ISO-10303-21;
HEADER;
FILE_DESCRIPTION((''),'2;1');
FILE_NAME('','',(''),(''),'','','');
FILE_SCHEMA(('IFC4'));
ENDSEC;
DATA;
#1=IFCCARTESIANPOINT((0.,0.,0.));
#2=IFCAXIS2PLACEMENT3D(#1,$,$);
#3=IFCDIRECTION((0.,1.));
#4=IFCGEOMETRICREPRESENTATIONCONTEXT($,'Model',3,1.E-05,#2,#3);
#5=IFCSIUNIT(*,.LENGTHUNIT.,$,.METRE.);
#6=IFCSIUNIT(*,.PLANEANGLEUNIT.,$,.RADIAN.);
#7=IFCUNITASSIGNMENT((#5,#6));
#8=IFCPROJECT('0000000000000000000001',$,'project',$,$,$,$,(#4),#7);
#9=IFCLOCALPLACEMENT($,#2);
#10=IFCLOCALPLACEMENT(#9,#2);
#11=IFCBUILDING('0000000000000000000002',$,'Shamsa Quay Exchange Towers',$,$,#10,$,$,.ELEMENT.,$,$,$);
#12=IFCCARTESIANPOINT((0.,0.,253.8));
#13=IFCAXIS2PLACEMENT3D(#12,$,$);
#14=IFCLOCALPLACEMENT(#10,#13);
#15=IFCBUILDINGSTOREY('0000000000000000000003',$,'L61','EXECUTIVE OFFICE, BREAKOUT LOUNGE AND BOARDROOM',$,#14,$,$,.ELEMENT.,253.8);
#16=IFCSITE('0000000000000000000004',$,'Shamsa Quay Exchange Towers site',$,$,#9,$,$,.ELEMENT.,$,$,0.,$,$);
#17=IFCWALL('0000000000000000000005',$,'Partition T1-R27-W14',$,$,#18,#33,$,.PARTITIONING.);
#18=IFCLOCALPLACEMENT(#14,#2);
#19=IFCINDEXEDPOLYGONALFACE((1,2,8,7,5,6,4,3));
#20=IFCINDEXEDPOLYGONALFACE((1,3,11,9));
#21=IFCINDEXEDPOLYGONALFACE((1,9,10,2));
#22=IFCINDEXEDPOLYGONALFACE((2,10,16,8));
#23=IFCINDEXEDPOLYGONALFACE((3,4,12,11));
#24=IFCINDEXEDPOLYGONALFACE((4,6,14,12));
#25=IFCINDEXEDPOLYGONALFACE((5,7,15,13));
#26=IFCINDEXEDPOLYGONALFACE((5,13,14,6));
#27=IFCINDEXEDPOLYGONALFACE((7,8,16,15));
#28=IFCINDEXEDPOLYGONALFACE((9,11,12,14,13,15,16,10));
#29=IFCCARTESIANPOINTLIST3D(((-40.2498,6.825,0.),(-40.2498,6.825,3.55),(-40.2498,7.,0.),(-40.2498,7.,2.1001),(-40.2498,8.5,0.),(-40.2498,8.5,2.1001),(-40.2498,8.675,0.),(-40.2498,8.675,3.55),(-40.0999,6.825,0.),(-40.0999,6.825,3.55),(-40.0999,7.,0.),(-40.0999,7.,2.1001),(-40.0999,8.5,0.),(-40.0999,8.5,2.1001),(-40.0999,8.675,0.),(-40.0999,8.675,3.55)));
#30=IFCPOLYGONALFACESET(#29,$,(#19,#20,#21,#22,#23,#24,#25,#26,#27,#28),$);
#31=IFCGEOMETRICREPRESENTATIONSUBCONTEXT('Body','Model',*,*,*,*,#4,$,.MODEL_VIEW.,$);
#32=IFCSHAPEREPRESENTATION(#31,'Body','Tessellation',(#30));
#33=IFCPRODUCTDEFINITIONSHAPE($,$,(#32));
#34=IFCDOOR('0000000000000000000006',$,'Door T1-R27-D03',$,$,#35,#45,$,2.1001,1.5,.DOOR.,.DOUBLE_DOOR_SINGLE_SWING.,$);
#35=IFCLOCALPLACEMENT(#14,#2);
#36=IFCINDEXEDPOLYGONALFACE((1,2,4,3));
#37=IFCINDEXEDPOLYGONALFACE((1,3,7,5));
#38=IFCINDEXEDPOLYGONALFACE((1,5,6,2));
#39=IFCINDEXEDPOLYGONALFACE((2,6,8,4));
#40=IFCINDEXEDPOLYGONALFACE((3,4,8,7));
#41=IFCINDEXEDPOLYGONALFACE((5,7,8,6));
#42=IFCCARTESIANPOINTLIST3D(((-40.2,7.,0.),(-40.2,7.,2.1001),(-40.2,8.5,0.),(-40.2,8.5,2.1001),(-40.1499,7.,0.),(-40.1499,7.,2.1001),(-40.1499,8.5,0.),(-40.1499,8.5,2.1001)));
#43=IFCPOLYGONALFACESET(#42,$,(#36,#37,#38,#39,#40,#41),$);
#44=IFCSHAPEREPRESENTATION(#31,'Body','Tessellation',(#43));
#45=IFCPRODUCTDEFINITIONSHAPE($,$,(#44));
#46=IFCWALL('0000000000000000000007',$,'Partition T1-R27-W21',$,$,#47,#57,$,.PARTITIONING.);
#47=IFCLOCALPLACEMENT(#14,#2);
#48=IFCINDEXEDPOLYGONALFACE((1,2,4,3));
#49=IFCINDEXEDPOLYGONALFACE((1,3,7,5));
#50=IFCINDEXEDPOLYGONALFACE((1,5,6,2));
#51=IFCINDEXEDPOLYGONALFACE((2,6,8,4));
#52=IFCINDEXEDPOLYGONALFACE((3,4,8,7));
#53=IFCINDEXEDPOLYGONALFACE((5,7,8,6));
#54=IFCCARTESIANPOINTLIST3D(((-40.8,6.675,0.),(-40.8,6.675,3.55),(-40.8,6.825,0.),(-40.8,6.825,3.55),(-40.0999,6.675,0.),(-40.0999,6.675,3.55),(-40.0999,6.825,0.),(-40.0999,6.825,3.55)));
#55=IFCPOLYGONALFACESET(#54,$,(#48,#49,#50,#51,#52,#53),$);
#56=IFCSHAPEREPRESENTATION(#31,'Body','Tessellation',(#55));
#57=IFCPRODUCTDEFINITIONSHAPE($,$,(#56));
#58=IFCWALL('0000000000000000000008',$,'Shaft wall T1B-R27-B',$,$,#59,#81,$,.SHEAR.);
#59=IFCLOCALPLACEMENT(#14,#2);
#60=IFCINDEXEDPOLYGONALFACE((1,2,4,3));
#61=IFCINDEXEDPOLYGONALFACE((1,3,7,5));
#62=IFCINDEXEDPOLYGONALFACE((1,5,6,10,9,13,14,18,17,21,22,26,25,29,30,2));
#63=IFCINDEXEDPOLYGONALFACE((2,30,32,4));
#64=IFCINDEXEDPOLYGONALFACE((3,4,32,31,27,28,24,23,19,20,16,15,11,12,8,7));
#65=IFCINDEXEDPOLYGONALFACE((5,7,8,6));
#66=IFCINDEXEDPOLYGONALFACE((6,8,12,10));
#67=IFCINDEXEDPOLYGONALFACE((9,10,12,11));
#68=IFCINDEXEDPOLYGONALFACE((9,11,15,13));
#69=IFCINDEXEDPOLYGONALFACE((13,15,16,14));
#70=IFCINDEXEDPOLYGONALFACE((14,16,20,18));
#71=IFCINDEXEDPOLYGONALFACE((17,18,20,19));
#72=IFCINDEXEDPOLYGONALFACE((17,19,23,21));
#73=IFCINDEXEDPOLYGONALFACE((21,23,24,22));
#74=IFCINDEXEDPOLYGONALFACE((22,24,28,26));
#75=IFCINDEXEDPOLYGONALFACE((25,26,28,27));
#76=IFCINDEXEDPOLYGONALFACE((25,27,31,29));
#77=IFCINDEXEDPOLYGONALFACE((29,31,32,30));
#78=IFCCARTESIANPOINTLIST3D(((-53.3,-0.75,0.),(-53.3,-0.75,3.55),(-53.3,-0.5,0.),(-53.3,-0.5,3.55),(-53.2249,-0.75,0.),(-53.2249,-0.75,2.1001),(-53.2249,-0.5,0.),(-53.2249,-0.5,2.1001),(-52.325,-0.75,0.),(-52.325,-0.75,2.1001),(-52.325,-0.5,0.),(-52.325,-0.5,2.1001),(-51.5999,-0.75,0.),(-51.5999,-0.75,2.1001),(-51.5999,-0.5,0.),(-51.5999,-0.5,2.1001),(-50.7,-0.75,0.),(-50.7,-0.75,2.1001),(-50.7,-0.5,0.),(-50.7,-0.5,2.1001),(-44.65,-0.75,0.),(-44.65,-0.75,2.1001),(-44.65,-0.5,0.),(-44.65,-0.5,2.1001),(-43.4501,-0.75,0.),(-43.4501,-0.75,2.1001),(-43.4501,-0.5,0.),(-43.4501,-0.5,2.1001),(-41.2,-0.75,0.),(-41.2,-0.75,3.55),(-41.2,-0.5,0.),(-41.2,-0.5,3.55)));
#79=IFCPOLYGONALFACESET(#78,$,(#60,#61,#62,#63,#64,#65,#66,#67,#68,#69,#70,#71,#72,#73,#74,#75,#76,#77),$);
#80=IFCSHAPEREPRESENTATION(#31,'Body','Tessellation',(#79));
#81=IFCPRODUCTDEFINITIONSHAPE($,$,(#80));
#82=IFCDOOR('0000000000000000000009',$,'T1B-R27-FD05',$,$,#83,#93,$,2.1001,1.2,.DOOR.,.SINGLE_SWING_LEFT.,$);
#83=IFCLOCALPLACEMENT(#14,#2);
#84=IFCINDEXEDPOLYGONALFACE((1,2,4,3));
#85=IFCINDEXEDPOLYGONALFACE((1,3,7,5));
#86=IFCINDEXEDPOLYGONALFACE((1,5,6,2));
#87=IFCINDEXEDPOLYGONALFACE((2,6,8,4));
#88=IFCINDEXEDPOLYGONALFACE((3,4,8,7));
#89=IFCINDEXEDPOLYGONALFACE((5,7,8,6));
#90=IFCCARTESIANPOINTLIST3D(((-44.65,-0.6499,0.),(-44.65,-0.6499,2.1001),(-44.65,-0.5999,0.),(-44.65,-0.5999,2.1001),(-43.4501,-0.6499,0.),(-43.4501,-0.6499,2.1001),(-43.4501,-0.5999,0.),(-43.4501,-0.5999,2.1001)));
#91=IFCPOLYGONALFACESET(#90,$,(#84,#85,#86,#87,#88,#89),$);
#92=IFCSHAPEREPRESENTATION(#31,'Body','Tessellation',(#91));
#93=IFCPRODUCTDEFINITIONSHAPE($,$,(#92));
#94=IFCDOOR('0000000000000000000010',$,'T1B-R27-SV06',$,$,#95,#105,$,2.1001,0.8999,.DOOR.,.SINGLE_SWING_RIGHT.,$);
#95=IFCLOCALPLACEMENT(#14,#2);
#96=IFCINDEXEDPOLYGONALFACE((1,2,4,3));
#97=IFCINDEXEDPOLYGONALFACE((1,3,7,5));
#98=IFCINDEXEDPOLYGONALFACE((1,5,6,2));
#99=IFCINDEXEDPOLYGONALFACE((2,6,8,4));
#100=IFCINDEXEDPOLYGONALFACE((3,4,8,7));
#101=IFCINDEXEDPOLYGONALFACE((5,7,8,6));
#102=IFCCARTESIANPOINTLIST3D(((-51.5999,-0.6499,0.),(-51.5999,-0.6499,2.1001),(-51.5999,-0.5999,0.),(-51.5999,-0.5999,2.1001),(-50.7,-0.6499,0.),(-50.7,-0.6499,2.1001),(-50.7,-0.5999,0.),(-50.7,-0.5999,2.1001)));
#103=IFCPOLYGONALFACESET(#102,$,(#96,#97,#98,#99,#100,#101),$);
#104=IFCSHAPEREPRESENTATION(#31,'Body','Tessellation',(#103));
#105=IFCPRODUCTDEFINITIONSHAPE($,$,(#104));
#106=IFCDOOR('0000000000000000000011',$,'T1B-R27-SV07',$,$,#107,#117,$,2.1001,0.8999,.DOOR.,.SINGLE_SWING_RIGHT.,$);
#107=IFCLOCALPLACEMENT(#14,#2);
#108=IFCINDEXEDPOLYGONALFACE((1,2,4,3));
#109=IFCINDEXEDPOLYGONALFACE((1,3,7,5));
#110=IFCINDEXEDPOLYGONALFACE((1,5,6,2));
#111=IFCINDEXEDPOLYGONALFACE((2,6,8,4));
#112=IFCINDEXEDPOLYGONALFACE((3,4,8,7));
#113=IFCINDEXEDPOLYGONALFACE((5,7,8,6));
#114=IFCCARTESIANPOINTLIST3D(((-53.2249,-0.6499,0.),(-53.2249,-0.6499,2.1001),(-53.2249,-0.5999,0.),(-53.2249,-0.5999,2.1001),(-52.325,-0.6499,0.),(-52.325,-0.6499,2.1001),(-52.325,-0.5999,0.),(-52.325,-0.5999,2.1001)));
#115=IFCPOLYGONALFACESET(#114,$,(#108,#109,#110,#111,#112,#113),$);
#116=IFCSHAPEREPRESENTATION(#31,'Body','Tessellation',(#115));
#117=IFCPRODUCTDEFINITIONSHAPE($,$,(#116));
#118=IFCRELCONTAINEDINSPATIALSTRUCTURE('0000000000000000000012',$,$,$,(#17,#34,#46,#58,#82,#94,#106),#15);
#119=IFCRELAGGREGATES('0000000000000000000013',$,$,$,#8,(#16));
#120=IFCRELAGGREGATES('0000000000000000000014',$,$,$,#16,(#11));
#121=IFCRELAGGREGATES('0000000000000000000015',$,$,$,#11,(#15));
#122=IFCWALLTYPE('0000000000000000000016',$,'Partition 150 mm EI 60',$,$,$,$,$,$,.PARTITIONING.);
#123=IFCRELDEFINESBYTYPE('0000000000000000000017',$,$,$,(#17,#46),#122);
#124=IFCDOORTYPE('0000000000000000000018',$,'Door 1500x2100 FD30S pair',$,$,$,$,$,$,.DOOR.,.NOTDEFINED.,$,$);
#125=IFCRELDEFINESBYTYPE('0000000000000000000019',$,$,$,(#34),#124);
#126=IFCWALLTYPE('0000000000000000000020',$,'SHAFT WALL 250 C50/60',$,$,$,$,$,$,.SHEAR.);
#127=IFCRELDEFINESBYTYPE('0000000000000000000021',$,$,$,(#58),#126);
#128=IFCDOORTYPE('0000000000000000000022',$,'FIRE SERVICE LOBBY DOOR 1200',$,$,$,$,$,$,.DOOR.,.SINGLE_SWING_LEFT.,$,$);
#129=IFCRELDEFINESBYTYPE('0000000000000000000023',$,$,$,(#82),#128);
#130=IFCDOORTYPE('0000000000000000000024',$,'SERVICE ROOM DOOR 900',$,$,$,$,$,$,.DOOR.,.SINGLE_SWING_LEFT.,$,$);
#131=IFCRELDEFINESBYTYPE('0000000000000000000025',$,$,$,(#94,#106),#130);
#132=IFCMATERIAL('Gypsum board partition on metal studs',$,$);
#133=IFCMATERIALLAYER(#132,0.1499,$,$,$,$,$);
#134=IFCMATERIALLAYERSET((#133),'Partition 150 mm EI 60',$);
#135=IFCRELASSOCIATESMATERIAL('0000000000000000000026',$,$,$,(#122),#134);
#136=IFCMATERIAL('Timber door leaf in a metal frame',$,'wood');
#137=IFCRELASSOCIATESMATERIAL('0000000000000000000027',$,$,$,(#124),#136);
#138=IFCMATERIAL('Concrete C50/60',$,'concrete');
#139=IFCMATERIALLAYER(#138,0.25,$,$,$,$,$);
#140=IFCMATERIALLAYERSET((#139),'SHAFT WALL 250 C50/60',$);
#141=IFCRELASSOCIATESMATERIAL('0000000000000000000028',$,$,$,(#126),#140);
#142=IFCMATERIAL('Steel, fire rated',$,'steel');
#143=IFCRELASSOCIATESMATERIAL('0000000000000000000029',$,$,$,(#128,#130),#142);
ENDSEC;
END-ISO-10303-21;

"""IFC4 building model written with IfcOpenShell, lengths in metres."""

from ifc_helpers import new_model, si_unit, direction, frame, frame_2d, origin, place, context, subcontext, project, spatial, rectangle, extrude, material, layer, layer_set, type_object, element, fill, save


model = new_model("IFC4")

# Units and contexts
model_context = context("Model", 3, precision=1e-05, world=origin(), true_north=direction((0.0, 1.0)))
body_context = subcontext(model_context, "Body", "Model", "MODEL_VIEW")
ifc_project = project(units=[si_unit("LENGTHUNIT", "METRE"), si_unit("PLANEANGLEUNIT", "RADIAN")], contexts=[model_context])

# Site, building, storey
site_placement = place(None, origin())
site = spatial("IfcSite", under=ifc_project, at=site_placement, Name="Shamsa Quay Exchange Towers site", CompositionType="ELEMENT", RefElevation=0.0)
building_placement = place(site_placement, origin())
building = spatial("IfcBuilding", under=site, at=building_placement, Name="Shamsa Quay Exchange Towers", CompositionType="ELEMENT")
storey_placement = place(building_placement, frame((0.0, 0.0, 253.8)))
storey = spatial("IfcBuildingStorey", under=building, at=storey_placement, Name="L61", Description="EXECUTIVE OFFICE, BREAKOUT LOUNGE AND BOARDROOM", CompositionType="ELEMENT", Elevation=253.8)

# Shared definitions
ifc_material_1 = material(Name="Timber door leaf in a metal frame", Category="wood")

# Shared definitions
ifc_material_2 = material(Name="Gypsum board partition on metal studs")

# Shared definitions
ifc_layer_1 = layer(ifc_material_2, 0.1499)
ifc_layer_set_1 = layer_set([ifc_layer_1], Name="Partition 150 mm EI 60")
wall_type_1 = type_object("IfcWallType", Name="Partition 150 mm EI 60", PredefinedType="PARTITIONING", material=ifc_layer_set_1)

# Wall, opening, door
wall_1_placement = place(storey_placement, frame((-40.1748, 8.675, 0.0), z_axis=(0.0, 0.0, 1.0), x_axis=(0.0, -1.0, 0.0)))
wall_1 = element("IfcWall", 1, at=wall_1_placement, inside=storey, type_object=wall_type_1, Name="Partition T1-R27-W14", PredefinedType="PARTITIONING", context=body_context, shape_type="SweptSolid", body=[
    extrude(rectangle(XDim=1.8501, YDim=0.1499, at=frame_2d((0.925, 0.0))), origin(), (0.0, 0.0, 1.0), 3.55),
])
opening_1_placement = place(wall_1_placement, frame((0.175, 0.0, 0.0)))
opening_1 = element("IfcOpeningElement", 2, at=opening_1_placement, cuts=wall_1, PredefinedType="OPENING", context=body_context, shape_type="SweptSolid", body=[
    extrude(rectangle(XDim=1.5, YDim=2.1001, at=frame_2d((0.75, 1.05))), frame((0.0, 0.085, 0.0), z_axis=(0.0, -1.0, 0.0), x_axis=(1.0, 0.0, 0.0)), (0.0, 0.0, 1.0), 0.1699),
])
door_type_1 = type_object("IfcDoorType", Name="Door 1500x2100 FD30S pair", OperationType="NOTDEFINED", PredefinedType="DOOR", material=ifc_material_1)
door_1_placement = place(opening_1_placement, origin())
door_1 = element("IfcDoor", 3, at=door_1_placement, inside=storey, type_object=door_type_1, Name="Door T1-R27-D03", OperationType="DOUBLE_DOOR_SINGLE_SWING", OverallHeight=2.1001, OverallWidth=1.5, PredefinedType="DOOR", context=body_context, shape_type="SweptSolid", body=[
    extrude(rectangle(XDim=1.5, YDim=2.1001, at=frame_2d((0.75, 1.05))), frame((0.0, 0.0249, 0.0), z_axis=(0.0, -1.0, 0.0), x_axis=(1.0, 0.0, 0.0)), (0.0, 0.0, 1.0), 0.05),
])
fill(opening_1, door_1)

# Wall
wall_2_placement = place(storey_placement, frame((-40.0999, 6.75, 0.0), z_axis=(0.0, 0.0, 1.0), x_axis=(-1.0, 0.0, 0.0)))
element("IfcWall", 4, at=wall_2_placement, inside=storey, type_object=wall_type_1, Name="Partition T1-R27-W21", PredefinedType="PARTITIONING", context=body_context, shape_type="SweptSolid", body=[
    extrude(rectangle(XDim=0.7002, YDim=0.1499, at=frame_2d((0.3501, 0.0))), origin(), (0.0, 0.0, 1.0), 3.55),
])

# Wall, openings, doors
ifc_material_3 = material(Name="Concrete C50/60", Category="concrete")
ifc_layer_2 = layer(ifc_material_3, 0.25)
ifc_layer_set_2 = layer_set([ifc_layer_2], Name="SHAFT WALL 250 C50/60")
wall_type_2 = type_object("IfcWallType", Name="SHAFT WALL 250 C50/60", PredefinedType="SHEAR", material=ifc_layer_set_2)
wall_3_placement = place(storey_placement, frame((-41.2, -0.625, 0.0), z_axis=(0.0, 0.0, 1.0), x_axis=(-1.0, 0.0, 0.0)))
wall_3 = element("IfcWall", 5, at=wall_3_placement, inside=storey, type_object=wall_type_2, Name="Shaft wall T1B-R27-B", PredefinedType="SHEAR", context=body_context, shape_type="SweptSolid", body=[
    extrude(rectangle(XDim=12.1001, YDim=0.25, at=frame_2d((6.05, 0.0))), origin(), (0.0, 0.0, 1.0), 3.55),
])
opening_2_placement = place(wall_3_placement, frame((2.25, 0.0, 0.0)))
opening_2 = element("IfcOpeningElement", 6, at=opening_2_placement, cuts=wall_3, PredefinedType="OPENING", context=body_context, shape_type="SweptSolid", body=[
    extrude(rectangle(XDim=1.2, YDim=2.1001, at=frame_2d((0.6001, 1.05))), frame((0.0, 0.135, 0.0), z_axis=(0.0, -1.0, 0.0), x_axis=(1.0, 0.0, 0.0)), (0.0, 0.0, 1.0), 0.27),
])
opening_3_placement = place(wall_3_placement, frame((9.5, 0.0, 0.0)))
opening_3 = element("IfcOpeningElement", 7, at=opening_3_placement, cuts=wall_3, PredefinedType="OPENING", context=body_context, shape_type="SweptSolid", body=[
    extrude(rectangle(XDim=0.8999, YDim=2.1001, at=frame_2d((0.45, 1.05))), frame((0.0, 0.135, 0.0), z_axis=(0.0, -1.0, 0.0), x_axis=(1.0, 0.0, 0.0)), (0.0, 0.0, 1.0), 0.27),
])
opening_4_placement = place(wall_3_placement, frame((11.125, 0.0, 0.0)))
opening_4 = element("IfcOpeningElement", 8, at=opening_4_placement, cuts=wall_3, PredefinedType="OPENING", context=body_context, shape_type="SweptSolid", body=[
    extrude(rectangle(XDim=0.8999, YDim=2.1001, at=frame_2d((0.45, 1.05))), frame((0.0, 0.135, 0.0), z_axis=(0.0, -1.0, 0.0), x_axis=(1.0, 0.0, 0.0)), (0.0, 0.0, 1.0), 0.27),
])
ifc_material_4 = material(Name="Steel, fire rated", Category="steel")
door_type_2 = type_object("IfcDoorType", Name="FIRE SERVICE LOBBY DOOR 1200", OperationType="SINGLE_SWING_LEFT", PredefinedType="DOOR", material=ifc_material_4)
door_2_placement = place(opening_2_placement, origin())
door_2 = element("IfcDoor", 9, at=door_2_placement, inside=storey, type_object=door_type_2, Name="T1B-R27-FD05", OperationType="SINGLE_SWING_LEFT", OverallHeight=2.1001, OverallWidth=1.2, PredefinedType="DOOR", context=body_context, shape_type="SweptSolid", body=[
    extrude(rectangle(XDim=1.2, YDim=2.1001, at=frame_2d((0.6001, 1.05))), frame((0.0, 0.0249, 0.0), z_axis=(0.0, -1.0, 0.0), x_axis=(1.0, 0.0, 0.0)), (0.0, 0.0, 1.0), 0.05),
])
fill(opening_2, door_2)
door_type_3 = type_object("IfcDoorType", Name="SERVICE ROOM DOOR 900", OperationType="SINGLE_SWING_LEFT", PredefinedType="DOOR", material=ifc_material_4)
door_3_placement = place(opening_3_placement, origin())
door_3 = element("IfcDoor", 10, at=door_3_placement, inside=storey, type_object=door_type_3, Name="T1B-R27-SV06", OperationType="SINGLE_SWING_RIGHT", OverallHeight=2.1001, OverallWidth=0.8999, PredefinedType="DOOR", context=body_context, shape_type="SweptSolid", body=[
    extrude(rectangle(XDim=0.8999, YDim=2.1001, at=frame_2d((0.45, 1.05))), frame((0.0, 0.0249, 0.0), z_axis=(0.0, -1.0, 0.0), x_axis=(1.0, 0.0, 0.0)), (0.0, 0.0, 1.0), 0.05),
])
fill(opening_3, door_3)
door_4_placement = place(opening_4_placement, origin())
door_4 = element("IfcDoor", 11, at=door_4_placement, inside=storey, type_object=door_type_3, Name="T1B-R27-SV07", OperationType="SINGLE_SWING_RIGHT", OverallHeight=2.1001, OverallWidth=0.8999, PredefinedType="DOOR", context=body_context, shape_type="SweptSolid", body=[
    extrude(rectangle(XDim=0.8999, YDim=2.1001, at=frame_2d((0.45, 1.05))), frame((0.0, 0.0249, 0.0), z_axis=(0.0, -1.0, 0.0), x_axis=(1.0, 0.0, 0.0)), (0.0, 0.0, 1.0), 0.05),
])
fill(opening_4, door_4)

save(model, "model.ifc")
